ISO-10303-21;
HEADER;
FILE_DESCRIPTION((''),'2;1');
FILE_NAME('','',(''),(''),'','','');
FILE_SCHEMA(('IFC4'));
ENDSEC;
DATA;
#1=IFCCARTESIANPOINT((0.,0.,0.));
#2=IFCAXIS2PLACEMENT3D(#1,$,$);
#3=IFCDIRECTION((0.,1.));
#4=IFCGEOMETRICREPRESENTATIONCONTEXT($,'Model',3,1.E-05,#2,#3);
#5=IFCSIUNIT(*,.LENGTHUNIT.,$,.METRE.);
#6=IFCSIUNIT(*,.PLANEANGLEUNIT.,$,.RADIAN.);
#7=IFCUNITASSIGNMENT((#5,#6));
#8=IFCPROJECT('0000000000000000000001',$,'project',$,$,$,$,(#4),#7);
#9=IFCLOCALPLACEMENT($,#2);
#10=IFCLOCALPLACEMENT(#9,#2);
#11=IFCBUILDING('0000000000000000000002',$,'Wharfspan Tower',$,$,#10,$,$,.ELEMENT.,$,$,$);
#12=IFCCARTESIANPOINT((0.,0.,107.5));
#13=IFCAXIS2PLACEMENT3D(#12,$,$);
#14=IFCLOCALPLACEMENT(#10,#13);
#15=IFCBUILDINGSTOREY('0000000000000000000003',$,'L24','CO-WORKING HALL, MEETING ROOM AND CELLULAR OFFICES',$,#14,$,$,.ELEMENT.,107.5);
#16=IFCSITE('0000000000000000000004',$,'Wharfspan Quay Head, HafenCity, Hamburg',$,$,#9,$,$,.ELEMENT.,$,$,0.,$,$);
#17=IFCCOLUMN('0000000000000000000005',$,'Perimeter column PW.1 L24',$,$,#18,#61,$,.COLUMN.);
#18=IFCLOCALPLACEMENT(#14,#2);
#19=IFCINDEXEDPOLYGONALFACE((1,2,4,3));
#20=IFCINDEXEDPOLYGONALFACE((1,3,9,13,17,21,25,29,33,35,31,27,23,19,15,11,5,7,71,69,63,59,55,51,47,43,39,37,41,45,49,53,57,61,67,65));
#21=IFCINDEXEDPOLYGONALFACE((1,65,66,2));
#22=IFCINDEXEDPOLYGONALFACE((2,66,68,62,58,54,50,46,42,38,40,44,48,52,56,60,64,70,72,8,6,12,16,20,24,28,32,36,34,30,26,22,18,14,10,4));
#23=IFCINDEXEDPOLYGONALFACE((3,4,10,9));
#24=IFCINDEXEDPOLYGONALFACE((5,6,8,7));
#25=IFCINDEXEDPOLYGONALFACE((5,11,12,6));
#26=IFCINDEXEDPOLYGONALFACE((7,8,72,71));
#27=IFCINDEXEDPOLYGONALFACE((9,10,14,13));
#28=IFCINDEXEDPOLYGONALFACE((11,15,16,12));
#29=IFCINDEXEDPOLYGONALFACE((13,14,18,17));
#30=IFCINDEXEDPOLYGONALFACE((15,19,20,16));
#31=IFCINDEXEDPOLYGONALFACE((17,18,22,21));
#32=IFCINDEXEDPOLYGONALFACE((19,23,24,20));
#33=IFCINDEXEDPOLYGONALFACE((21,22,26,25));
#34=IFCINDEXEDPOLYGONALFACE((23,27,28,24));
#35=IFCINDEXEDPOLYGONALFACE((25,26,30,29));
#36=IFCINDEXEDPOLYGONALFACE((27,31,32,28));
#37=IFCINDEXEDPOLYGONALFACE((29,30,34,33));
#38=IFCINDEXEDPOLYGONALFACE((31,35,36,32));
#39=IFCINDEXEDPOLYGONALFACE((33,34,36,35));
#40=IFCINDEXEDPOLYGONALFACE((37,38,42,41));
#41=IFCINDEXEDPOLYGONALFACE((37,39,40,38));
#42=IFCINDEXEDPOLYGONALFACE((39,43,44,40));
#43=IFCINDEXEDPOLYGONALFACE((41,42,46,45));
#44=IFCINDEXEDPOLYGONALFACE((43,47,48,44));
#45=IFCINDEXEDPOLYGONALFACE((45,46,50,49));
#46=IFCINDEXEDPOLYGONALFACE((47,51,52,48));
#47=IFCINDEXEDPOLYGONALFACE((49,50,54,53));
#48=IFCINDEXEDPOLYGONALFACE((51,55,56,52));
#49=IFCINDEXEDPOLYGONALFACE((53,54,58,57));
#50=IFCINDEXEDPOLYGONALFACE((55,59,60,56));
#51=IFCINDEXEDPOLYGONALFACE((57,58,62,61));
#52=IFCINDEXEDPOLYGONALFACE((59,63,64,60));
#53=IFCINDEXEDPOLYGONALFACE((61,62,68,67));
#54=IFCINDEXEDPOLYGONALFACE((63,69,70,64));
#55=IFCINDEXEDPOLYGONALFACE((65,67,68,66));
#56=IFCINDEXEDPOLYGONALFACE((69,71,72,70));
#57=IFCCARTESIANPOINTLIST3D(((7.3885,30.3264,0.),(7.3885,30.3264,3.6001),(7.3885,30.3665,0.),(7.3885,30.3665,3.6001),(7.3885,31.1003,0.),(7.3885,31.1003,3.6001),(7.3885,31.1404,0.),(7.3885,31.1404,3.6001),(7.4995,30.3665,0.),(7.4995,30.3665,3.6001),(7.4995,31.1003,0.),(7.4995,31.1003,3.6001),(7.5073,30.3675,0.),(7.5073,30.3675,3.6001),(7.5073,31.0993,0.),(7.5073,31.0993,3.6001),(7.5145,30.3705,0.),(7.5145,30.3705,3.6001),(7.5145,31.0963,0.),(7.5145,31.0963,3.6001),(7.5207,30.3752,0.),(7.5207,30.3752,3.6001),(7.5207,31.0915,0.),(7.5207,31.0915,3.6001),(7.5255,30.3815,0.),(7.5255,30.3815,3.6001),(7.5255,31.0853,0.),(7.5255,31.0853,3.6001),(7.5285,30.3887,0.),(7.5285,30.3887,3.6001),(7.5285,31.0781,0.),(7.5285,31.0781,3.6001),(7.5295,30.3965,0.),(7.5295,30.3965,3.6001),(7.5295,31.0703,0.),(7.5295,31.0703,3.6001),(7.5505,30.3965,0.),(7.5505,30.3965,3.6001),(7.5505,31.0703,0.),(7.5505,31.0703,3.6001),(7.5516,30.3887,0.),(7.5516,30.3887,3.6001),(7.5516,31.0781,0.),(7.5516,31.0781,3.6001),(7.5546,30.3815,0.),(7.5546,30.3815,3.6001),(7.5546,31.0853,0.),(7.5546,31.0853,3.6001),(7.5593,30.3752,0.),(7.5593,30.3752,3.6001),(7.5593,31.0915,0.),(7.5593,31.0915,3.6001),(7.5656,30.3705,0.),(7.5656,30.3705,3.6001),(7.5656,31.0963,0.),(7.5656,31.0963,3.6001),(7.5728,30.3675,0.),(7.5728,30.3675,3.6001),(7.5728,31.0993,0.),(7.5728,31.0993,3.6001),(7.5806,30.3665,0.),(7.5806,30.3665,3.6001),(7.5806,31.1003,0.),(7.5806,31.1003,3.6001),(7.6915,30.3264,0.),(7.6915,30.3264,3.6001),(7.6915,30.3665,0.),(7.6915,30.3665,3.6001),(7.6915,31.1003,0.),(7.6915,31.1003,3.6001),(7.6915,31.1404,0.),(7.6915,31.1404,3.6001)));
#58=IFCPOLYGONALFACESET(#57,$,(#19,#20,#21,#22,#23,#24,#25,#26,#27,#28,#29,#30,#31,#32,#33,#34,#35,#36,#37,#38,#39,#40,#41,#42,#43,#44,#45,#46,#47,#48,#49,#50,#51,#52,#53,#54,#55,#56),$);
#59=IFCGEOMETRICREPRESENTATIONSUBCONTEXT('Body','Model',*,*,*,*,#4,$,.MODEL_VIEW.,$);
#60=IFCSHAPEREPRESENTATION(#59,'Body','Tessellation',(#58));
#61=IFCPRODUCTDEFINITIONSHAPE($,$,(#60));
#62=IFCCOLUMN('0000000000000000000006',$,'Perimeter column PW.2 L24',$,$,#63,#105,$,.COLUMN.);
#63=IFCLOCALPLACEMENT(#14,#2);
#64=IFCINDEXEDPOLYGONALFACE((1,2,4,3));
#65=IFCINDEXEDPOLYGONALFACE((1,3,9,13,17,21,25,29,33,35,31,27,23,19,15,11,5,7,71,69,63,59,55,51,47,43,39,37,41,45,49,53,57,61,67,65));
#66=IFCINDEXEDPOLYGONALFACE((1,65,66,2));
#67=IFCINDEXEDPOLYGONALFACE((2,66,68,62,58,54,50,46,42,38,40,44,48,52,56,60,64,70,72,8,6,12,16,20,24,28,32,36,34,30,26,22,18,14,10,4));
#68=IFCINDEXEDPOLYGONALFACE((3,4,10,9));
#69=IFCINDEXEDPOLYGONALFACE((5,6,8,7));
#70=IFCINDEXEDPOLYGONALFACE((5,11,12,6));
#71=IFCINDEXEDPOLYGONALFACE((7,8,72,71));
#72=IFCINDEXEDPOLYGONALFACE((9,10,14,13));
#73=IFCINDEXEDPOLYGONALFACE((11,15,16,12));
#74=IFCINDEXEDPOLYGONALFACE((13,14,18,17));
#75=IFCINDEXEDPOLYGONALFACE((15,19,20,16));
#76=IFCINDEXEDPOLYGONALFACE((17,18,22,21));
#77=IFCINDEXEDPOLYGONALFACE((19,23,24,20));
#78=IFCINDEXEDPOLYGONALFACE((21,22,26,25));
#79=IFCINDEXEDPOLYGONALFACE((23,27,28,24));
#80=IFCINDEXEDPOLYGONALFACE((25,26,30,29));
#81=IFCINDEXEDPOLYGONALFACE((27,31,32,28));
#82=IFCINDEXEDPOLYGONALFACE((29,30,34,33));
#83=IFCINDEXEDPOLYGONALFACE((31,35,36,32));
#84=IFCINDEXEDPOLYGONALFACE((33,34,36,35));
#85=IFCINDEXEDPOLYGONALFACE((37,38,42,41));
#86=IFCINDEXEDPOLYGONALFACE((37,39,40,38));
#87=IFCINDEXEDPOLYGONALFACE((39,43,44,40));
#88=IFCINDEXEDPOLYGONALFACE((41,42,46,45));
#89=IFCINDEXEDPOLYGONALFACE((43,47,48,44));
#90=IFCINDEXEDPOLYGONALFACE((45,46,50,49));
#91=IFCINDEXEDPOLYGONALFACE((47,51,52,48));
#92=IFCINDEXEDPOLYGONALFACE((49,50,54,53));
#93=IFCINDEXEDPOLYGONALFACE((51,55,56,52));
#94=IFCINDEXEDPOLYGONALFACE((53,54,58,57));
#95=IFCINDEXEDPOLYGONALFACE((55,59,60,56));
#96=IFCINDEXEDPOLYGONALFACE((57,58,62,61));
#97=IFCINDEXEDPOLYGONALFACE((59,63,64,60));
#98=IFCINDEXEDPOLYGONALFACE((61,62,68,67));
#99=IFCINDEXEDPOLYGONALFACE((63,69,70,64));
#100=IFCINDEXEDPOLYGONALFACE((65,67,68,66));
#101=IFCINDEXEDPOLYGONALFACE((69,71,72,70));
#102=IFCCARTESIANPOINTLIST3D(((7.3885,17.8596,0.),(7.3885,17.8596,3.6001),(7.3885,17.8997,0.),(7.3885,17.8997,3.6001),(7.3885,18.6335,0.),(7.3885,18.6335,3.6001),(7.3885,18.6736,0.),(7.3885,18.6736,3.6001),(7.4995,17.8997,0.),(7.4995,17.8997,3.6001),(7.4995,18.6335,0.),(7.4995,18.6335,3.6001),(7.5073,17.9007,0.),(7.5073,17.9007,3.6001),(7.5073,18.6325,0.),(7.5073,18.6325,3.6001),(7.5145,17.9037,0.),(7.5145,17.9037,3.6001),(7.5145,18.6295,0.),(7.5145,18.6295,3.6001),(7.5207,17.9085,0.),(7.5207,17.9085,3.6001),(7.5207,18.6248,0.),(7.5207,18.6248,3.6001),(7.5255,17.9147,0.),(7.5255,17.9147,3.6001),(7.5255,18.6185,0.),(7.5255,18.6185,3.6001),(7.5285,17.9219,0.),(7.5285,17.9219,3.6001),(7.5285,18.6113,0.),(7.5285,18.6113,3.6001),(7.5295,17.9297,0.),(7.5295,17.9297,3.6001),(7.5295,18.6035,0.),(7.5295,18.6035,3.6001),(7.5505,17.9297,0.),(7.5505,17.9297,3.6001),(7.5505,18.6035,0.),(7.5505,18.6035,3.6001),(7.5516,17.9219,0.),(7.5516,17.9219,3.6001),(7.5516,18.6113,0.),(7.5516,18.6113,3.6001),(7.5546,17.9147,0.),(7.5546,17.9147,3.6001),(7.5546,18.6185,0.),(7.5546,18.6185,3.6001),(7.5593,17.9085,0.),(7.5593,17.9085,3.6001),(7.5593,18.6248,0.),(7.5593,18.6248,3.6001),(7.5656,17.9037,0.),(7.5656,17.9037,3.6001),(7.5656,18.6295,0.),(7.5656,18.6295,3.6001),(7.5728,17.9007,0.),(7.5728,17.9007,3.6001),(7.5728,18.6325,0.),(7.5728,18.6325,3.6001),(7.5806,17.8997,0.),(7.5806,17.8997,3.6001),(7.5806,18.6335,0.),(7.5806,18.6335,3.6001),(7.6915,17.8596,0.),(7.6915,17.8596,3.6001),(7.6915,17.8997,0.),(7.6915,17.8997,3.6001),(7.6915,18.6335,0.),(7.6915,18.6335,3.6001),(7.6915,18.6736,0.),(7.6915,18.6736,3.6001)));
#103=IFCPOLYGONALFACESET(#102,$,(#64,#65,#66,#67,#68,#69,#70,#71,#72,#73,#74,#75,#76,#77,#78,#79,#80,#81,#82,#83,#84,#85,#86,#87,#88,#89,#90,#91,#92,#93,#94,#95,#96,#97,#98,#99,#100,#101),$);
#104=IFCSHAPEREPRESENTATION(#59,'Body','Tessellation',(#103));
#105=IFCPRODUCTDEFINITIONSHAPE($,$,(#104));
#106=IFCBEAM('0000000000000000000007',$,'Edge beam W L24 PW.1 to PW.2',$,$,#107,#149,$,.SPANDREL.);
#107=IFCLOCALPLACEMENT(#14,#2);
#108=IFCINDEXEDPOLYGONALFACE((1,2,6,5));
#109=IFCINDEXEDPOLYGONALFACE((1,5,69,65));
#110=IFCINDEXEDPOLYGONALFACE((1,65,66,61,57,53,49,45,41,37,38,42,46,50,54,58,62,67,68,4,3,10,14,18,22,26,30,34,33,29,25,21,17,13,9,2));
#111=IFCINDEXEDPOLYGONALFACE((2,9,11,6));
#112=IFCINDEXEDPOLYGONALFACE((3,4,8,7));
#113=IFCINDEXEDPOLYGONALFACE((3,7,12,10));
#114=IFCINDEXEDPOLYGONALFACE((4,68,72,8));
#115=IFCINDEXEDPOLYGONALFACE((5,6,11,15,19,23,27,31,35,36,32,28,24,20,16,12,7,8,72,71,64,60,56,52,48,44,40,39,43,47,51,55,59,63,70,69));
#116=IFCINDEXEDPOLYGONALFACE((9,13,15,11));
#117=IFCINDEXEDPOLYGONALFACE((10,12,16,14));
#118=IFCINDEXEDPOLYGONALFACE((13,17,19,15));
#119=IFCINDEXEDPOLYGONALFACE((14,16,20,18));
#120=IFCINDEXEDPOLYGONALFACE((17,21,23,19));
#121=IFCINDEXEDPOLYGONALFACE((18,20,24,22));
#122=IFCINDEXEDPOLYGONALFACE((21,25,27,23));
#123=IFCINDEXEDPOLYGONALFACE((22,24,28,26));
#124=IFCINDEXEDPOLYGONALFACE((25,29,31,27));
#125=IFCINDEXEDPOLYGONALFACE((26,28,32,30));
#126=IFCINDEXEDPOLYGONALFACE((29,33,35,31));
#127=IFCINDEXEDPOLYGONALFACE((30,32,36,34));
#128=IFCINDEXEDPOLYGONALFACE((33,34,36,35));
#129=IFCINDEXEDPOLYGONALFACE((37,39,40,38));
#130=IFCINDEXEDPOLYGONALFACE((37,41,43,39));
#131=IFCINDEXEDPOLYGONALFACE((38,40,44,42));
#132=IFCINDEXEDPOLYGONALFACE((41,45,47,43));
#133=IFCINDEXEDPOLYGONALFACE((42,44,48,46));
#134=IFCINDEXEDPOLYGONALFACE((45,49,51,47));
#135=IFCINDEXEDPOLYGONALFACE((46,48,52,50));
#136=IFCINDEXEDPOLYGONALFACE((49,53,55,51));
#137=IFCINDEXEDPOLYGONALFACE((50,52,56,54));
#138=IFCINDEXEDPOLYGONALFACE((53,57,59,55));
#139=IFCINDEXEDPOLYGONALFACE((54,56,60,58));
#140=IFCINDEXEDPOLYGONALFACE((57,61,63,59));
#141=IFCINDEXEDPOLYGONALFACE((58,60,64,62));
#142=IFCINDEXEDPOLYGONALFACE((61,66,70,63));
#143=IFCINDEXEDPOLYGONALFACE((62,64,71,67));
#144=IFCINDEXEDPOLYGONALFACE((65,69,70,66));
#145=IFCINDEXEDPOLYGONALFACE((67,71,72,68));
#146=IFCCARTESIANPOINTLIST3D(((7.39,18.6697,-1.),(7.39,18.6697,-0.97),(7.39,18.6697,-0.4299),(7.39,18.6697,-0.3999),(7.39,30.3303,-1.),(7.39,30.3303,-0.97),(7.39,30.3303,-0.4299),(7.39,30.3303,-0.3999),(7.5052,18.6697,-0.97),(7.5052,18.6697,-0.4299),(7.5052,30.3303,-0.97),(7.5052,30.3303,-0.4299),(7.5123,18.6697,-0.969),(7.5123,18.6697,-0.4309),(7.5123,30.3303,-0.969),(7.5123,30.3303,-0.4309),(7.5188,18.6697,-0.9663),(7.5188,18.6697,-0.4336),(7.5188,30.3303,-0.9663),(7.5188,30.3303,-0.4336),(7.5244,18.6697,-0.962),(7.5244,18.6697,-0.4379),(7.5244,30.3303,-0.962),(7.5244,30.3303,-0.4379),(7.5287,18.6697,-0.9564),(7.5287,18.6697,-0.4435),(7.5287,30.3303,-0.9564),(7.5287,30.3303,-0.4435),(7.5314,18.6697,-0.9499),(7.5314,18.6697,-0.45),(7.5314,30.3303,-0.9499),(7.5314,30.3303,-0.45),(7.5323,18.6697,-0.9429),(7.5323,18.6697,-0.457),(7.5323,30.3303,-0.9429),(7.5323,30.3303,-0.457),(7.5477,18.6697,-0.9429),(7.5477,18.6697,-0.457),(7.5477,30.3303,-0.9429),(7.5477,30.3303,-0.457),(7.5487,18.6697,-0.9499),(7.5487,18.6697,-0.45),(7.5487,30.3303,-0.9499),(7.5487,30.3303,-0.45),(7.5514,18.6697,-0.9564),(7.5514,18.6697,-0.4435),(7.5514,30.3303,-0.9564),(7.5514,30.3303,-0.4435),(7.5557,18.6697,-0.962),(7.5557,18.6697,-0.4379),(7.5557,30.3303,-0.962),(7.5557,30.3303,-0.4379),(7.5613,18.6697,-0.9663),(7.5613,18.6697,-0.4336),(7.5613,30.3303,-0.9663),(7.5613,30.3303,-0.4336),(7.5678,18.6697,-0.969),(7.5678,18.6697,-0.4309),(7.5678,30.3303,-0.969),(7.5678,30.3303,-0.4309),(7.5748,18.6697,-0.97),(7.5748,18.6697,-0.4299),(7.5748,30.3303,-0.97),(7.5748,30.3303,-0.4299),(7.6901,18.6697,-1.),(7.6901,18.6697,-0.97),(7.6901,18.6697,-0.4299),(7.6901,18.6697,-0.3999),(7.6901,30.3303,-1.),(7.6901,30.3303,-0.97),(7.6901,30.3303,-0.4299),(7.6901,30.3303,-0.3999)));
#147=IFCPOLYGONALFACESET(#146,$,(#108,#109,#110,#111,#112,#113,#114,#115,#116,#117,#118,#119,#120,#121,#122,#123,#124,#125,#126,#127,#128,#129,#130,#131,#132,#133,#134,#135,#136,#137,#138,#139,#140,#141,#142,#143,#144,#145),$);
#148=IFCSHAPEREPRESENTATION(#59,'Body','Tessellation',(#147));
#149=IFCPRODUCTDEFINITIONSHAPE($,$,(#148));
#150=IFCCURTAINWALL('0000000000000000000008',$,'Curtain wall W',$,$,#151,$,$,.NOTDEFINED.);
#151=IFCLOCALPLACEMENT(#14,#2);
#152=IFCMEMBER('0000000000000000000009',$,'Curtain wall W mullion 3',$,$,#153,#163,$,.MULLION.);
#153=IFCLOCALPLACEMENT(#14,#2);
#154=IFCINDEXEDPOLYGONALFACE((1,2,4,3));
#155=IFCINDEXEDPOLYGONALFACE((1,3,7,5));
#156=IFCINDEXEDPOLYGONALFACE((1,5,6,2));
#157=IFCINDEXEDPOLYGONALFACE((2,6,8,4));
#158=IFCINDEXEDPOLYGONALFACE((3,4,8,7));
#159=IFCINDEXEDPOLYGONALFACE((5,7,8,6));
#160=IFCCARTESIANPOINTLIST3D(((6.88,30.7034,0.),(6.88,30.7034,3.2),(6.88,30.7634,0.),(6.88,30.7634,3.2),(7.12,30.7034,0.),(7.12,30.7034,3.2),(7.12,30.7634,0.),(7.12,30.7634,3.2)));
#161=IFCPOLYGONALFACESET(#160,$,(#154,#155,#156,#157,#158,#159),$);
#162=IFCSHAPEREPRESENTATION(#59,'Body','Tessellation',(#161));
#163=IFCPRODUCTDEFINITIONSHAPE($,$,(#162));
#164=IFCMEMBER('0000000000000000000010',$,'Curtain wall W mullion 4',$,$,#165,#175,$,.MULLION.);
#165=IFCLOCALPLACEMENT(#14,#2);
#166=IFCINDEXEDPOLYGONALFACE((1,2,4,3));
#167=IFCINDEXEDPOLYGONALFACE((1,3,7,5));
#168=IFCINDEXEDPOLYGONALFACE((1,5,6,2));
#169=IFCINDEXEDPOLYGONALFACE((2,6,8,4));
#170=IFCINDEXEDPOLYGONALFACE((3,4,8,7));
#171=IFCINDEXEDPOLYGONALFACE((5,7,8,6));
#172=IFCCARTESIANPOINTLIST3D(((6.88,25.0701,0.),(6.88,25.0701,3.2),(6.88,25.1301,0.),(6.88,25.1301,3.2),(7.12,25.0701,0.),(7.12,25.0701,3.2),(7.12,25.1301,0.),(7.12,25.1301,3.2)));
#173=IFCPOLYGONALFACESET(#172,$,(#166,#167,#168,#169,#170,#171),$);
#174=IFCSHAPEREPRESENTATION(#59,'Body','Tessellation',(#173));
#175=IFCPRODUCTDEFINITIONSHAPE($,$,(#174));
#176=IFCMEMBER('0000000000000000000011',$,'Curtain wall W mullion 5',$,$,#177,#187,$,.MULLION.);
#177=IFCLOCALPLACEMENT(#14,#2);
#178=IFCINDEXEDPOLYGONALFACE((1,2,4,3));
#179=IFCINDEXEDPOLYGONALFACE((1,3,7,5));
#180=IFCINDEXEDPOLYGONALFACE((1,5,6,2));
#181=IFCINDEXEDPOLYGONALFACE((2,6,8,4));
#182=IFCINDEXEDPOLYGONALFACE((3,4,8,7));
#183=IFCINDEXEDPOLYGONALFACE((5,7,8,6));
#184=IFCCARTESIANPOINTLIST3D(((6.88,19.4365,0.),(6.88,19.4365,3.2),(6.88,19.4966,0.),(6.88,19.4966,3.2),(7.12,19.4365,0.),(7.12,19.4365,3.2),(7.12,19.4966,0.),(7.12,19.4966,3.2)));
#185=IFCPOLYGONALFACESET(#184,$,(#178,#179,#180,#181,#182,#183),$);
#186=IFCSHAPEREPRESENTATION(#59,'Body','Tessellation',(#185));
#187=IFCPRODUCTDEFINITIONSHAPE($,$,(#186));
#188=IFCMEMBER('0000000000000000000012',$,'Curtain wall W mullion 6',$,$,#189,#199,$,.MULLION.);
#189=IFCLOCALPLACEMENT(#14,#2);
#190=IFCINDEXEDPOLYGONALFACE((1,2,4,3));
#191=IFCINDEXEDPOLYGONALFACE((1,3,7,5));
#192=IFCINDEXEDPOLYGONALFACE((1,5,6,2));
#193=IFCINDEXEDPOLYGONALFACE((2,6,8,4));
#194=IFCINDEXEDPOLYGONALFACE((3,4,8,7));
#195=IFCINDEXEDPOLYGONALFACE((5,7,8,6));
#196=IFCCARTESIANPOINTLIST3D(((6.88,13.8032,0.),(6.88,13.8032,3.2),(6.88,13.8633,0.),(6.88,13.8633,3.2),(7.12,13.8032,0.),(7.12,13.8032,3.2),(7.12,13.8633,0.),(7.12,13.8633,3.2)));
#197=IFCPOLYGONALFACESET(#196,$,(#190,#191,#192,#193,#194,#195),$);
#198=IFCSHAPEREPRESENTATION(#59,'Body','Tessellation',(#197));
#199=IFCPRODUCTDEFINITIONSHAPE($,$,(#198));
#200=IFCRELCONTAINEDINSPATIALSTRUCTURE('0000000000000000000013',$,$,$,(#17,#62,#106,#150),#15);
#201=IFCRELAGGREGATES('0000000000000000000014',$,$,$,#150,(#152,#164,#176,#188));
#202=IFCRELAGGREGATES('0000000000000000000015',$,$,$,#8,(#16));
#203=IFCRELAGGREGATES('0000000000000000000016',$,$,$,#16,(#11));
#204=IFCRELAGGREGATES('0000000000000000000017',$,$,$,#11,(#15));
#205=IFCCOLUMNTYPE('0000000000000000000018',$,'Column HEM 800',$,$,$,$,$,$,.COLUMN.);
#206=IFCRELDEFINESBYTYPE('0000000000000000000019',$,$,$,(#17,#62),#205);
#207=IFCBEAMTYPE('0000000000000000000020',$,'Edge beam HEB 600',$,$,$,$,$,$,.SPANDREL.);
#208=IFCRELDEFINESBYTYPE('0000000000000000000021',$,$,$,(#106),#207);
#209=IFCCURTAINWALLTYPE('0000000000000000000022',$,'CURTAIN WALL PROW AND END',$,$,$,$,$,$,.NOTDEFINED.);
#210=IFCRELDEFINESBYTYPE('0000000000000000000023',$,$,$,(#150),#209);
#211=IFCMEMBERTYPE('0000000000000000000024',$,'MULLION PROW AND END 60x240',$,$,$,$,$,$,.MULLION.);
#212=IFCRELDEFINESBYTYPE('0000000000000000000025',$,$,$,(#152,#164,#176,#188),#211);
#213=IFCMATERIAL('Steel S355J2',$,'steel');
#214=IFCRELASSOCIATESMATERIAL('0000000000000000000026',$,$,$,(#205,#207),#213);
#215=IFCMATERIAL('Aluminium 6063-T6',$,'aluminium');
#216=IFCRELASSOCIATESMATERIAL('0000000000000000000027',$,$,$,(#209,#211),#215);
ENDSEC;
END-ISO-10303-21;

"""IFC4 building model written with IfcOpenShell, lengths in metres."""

from ifc_helpers import new_model, si_unit, direction, frame, origin, origin_2d, place, context, subcontext, project, spatial, rectangle, i_section, extrude, material, material_profile, profile_set, type_object, element, aggregate, save


model = new_model("IFC4")

# Units and contexts
model_context = context("Model", 3, precision=1e-05, world=origin(), true_north=direction((0.0, 1.0)))
body_context = subcontext(model_context, "Body", "Model", "MODEL_VIEW")
ifc_project = project(units=[si_unit("LENGTHUNIT", "METRE"), si_unit("PLANEANGLEUNIT", "RADIAN")], contexts=[model_context])

# Site, building, storey
site_placement = place(None, origin())
site = spatial("IfcSite", under=ifc_project, at=site_placement, Name="Wharfspan Quay Head, HafenCity, Hamburg", CompositionType="ELEMENT", RefElevation=0.0)
building_placement = place(site_placement, origin())
building = spatial("IfcBuilding", under=site, at=building_placement, Name="Wharfspan Tower", CompositionType="ELEMENT")
storey_placement = place(building_placement, frame((0.0, 0.0, 107.5)))
storey = spatial("IfcBuildingStorey", under=building, at=storey_placement, Name="L24", Description="CO-WORKING HALL, MEETING ROOM AND CELLULAR OFFICES", CompositionType="ELEMENT", Elevation=107.5)

# Columns
ifc_material_1 = material(Name="Steel S355J2", Category="steel")
ifc_material_profile_1 = material_profile(ifc_material_1, i_section(OverallWidth=0.303, OverallDepth=0.814, WebThickness=0.021, FlangeThickness=0.04, FilletRadius=0.03, at=origin_2d()))
ifc_profile_set_1 = profile_set([ifc_material_profile_1], Name="Steel S355J2")
column_type = type_object("IfcColumnType", Name="Column HEM 800", PredefinedType="COLUMN", material=ifc_profile_set_1)
for number, where, z_axis, x_axis, name in (
    (1, (7.54, 30.7334, 0.0), (0.0, 0.0, 1.0), (-1.0, 0.0, 0.0), "Perimeter column PW.1 L24"),
    (2, (7.54, 18.2666, 0.0), (0.0, 0.0, 1.0), (-1.0, 0.0, 0.0), "Perimeter column PW.2 L24"),
):
    element("IfcColumn", number, at=place(storey_placement, frame(where, z_axis=z_axis, x_axis=x_axis)), inside=storey, type_object=column_type, Name=name, PredefinedType="COLUMN", context=body_context, shape_type="SweptSolid", body=[
        extrude(i_section(OverallWidth=0.303, OverallDepth=0.814, WebThickness=0.021, FlangeThickness=0.04, FilletRadius=0.03, at=origin_2d()), origin(), (0.0, 0.0, 1.0), 3.6001),
    ])

# Beam
ifc_material_profile_2 = material_profile(ifc_material_1, i_section(OverallWidth=0.3, OverallDepth=0.6001, WebThickness=0.0154, FlangeThickness=0.03, FilletRadius=0.0271, at=origin_2d()))
ifc_profile_set_2 = profile_set([ifc_material_profile_2], Name="Steel S355J2")
beam_type = type_object("IfcBeamType", Name="Edge beam HEB 600", PredefinedType="SPANDREL", material=ifc_profile_set_2)
beam_placement = place(storey_placement, frame((7.54, 30.3303, -0.7), z_axis=(0.0, -1.0, 0.0), x_axis=(1.0, 0.0, 0.0)))
element("IfcBeam", 3, at=beam_placement, inside=storey, type_object=beam_type, Name="Edge beam W L24 PW.1 to PW.2", PredefinedType="SPANDREL", context=body_context, shape_type="SweptSolid", body=[
    extrude(i_section(OverallWidth=0.3, OverallDepth=0.6001, WebThickness=0.0154, FlangeThickness=0.03, FilletRadius=0.0271, at=origin_2d()), origin(), (0.0, 0.0, 1.0), 11.6606),
])

# Curtain wall, members
ifc_material_2 = material(Name="Aluminium 6063-T6", Category="aluminium")
curtain_wall_type = type_object("IfcCurtainWallType", Name="CURTAIN WALL PROW AND END", PredefinedType="NOTDEFINED", material=ifc_material_2)
curtain_wall_placement = place(storey_placement, origin())
curtain_wall = element("IfcCurtainWall", 4, at=curtain_wall_placement, inside=storey, type_object=curtain_wall_type, Name="Curtain wall W", PredefinedType="NOTDEFINED")
ifc_material_profile_3 = material_profile(ifc_material_2, rectangle(XDim=0.24, YDim=0.0601, at=origin_2d()))
ifc_profile_set_3 = profile_set([ifc_material_profile_3], Name="Aluminium 6063-T6")
member_type_1 = type_object("IfcMemberType", Name="MULLION PROW AND END 60x240", PredefinedType="MULLION", material=ifc_profile_set_3)
member_1_placement = place(storey_placement, frame((7.0, 30.7334, 0.0), z_axis=(0.0, 0.0, 1.0), x_axis=(1.0, 0.0, 0.0)))
member_1 = element("IfcMember", 5, at=member_1_placement, type_object=member_type_1, Name="Curtain wall W mullion 3", PredefinedType="MULLION", context=body_context, shape_type="SweptSolid", body=[
    extrude(rectangle(XDim=0.24, YDim=0.0601, at=origin_2d()), origin(), (0.0, 0.0, 1.0), 3.2),
])
member_2_placement = place(storey_placement, frame((7.0, 25.1001, 0.0), z_axis=(0.0, 0.0, 1.0), x_axis=(1.0, 0.0, 0.0)))
member_2 = element("IfcMember", 6, at=member_2_placement, type_object=member_type_1, Name="Curtain wall W mullion 4", PredefinedType="MULLION", context=body_context, shape_type="SweptSolid", body=[
    extrude(rectangle(XDim=0.24, YDim=0.0601, at=origin_2d()), origin(), (0.0, 0.0, 1.0), 3.2),
])
member_3_placement = place(storey_placement, frame((7.0, 19.4666, 0.0), z_axis=(0.0, 0.0, 1.0), x_axis=(1.0, 0.0, 0.0)))
member_3 = element("IfcMember", 7, at=member_3_placement, type_object=member_type_1, Name="Curtain wall W mullion 5", PredefinedType="MULLION", context=body_context, shape_type="SweptSolid", body=[
    extrude(rectangle(XDim=0.24, YDim=0.0601, at=origin_2d()), origin(), (0.0, 0.0, 1.0), 3.2),
])
member_4_placement = place(storey_placement, frame((7.0, 13.8333, 0.0), z_axis=(0.0, 0.0, 1.0), x_axis=(1.0, 0.0, 0.0)))
member_4 = element("IfcMember", 8, at=member_4_placement, type_object=member_type_1, Name="Curtain wall W mullion 6", PredefinedType="MULLION", context=body_context, shape_type="SweptSolid", body=[
    extrude(rectangle(XDim=0.24, YDim=0.0601, at=origin_2d()), origin(), (0.0, 0.0, 1.0), 3.2),
])

aggregate(curtain_wall, [member_1, member_2, member_3, member_4])

save(model, "model.ifc")
